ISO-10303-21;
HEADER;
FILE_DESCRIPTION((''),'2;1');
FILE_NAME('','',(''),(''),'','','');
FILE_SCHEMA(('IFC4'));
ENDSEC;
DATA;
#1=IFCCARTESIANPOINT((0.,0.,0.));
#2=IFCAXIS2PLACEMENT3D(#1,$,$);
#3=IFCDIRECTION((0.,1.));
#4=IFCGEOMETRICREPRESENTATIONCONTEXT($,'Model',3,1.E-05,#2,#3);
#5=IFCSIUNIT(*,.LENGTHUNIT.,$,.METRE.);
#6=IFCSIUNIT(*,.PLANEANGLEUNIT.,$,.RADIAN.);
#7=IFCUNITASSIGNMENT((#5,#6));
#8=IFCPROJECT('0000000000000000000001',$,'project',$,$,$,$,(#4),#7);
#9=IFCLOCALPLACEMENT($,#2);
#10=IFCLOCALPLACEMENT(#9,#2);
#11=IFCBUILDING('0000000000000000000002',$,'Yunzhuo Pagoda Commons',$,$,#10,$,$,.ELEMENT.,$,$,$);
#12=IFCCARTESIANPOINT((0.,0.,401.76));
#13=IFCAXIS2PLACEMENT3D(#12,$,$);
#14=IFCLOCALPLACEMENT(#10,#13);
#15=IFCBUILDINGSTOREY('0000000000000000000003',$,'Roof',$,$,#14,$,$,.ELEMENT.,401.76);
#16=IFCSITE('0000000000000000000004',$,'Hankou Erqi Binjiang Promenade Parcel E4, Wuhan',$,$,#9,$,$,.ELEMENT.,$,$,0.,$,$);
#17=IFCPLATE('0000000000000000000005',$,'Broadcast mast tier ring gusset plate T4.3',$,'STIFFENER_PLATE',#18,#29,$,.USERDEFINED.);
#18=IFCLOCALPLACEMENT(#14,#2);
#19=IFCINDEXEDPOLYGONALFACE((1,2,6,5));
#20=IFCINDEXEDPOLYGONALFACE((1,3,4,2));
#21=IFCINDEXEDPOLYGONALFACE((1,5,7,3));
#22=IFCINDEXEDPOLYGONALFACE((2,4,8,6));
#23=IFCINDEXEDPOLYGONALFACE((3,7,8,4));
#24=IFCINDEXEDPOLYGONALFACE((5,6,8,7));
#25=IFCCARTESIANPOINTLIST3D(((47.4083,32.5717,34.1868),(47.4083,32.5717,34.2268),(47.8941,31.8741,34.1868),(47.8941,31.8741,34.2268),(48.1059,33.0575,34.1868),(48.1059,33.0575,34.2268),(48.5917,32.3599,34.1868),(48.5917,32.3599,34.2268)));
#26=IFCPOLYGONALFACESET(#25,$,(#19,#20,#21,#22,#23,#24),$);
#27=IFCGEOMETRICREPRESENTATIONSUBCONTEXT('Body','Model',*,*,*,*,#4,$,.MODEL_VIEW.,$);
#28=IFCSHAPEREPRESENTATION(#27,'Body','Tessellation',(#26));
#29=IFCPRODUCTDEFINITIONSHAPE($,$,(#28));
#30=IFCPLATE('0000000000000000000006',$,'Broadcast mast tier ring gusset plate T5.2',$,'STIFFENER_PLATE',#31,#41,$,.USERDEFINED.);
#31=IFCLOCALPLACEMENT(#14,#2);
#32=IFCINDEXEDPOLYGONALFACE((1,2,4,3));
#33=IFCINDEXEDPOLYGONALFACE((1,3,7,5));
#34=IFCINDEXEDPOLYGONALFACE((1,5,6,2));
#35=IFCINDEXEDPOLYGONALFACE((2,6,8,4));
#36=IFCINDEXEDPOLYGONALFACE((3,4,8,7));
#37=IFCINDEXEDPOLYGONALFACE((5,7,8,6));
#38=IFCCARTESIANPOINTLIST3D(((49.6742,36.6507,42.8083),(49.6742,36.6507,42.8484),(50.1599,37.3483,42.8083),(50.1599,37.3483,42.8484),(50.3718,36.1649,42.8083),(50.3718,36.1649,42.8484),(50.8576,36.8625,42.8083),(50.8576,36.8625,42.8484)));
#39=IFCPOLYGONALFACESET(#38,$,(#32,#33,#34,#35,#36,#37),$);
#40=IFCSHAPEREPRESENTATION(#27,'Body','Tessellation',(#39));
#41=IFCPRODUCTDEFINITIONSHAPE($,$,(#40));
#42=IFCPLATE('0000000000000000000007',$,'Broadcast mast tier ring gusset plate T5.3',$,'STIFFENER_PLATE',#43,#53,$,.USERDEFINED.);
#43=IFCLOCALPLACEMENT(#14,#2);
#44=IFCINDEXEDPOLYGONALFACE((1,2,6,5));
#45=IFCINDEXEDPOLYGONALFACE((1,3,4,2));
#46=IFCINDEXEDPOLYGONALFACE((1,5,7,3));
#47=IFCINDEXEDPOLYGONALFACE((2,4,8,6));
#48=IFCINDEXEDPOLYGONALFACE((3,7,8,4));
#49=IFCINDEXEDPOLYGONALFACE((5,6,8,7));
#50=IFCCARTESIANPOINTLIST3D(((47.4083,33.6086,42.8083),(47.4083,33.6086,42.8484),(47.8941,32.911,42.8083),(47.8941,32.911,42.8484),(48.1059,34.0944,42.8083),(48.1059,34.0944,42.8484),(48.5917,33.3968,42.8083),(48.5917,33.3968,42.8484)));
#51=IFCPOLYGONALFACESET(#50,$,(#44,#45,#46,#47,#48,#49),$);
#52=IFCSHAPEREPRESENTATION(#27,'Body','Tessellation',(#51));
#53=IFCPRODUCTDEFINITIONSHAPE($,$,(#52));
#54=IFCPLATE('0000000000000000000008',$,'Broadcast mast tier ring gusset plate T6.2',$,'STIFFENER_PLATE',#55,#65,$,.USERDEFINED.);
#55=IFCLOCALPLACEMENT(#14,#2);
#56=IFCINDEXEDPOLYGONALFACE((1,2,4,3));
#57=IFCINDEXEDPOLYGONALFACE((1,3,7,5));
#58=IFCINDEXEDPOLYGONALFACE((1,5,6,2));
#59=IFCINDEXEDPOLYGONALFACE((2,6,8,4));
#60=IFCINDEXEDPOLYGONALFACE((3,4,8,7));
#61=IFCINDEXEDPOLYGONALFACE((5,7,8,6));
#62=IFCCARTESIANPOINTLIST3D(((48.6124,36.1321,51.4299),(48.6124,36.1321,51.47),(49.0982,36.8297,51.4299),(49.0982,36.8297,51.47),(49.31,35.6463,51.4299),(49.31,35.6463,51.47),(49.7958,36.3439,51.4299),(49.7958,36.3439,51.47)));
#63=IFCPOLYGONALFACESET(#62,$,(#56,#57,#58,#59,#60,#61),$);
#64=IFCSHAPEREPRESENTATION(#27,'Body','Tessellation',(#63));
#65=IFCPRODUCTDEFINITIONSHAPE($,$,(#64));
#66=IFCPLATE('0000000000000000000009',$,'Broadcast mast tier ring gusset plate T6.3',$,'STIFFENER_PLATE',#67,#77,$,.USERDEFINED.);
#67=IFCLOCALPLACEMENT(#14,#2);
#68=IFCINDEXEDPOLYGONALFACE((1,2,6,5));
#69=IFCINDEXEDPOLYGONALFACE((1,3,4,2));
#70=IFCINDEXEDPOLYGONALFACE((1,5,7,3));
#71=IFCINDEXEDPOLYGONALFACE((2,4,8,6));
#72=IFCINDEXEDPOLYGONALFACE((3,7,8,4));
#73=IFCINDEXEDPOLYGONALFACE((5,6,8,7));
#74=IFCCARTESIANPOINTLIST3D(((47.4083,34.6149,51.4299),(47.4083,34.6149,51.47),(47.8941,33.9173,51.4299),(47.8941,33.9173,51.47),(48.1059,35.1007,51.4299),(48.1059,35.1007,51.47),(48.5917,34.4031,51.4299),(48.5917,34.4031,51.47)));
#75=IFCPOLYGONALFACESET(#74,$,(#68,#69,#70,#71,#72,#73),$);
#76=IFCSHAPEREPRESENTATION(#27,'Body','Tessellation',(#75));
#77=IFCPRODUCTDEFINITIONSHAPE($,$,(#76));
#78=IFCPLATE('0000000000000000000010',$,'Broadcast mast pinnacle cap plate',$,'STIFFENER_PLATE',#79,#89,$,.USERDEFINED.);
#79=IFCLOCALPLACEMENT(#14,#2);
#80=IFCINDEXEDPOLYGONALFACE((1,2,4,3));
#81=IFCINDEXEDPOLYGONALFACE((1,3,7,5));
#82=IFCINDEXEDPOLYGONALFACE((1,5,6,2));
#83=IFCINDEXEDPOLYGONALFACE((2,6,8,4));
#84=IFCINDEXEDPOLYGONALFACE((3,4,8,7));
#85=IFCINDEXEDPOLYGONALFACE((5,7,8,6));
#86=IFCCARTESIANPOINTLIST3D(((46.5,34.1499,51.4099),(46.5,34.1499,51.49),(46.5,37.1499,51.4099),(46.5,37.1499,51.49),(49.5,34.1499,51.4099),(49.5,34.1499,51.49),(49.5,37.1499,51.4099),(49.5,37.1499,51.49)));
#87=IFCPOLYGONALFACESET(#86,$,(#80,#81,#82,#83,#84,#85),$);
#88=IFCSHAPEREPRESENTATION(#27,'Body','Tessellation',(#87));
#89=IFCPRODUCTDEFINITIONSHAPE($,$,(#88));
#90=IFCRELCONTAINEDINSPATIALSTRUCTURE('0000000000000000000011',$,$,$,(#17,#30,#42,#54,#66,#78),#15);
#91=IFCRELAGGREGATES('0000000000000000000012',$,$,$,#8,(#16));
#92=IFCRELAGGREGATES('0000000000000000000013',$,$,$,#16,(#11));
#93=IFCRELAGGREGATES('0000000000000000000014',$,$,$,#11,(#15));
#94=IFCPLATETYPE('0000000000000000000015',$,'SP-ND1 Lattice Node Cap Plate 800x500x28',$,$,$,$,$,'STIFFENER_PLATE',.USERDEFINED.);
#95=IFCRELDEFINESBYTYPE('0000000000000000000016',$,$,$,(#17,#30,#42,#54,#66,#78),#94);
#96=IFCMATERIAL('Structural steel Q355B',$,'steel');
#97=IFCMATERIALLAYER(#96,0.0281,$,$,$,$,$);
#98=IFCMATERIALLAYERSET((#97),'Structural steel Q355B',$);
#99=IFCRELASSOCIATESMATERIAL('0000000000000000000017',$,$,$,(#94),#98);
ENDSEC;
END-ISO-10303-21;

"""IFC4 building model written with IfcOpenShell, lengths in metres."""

from ifc_helpers import new_model, si_unit, direction, frame, origin, origin_2d, place, context, subcontext, project, spatial, rectangle, extrude, source, transform, mapped, material, layer, layer_set, type_object, element, save


model = new_model("IFC4")

# Units and contexts
model_context = context("Model", 3, precision=1e-05, world=origin(), true_north=direction((0.0, 1.0)))
body_context = subcontext(model_context, "Body", "Model", "MODEL_VIEW")
ifc_project = project(units=[si_unit("LENGTHUNIT", "METRE"), si_unit("PLANEANGLEUNIT", "RADIAN")], contexts=[model_context])

# Site, building, storey
site_placement = place(None, origin())
site = spatial("IfcSite", under=ifc_project, at=site_placement, Name="Hankou Erqi Binjiang Promenade Parcel E4, Wuhan", CompositionType="ELEMENT", RefElevation=0.0)
building_placement = place(site_placement, origin())
building = spatial("IfcBuilding", under=site, at=building_placement, Name="Yunzhuo Pagoda Commons", CompositionType="ELEMENT")
storey_placement = place(building_placement, frame((0.0, 0.0, 401.76)))
storey = spatial("IfcBuildingStorey", under=building, at=storey_placement, Name="Roof", CompositionType="ELEMENT", Elevation=401.76)

# Plates
ifc_material_1 = material(Name="Structural steel Q355B", Category="steel")
ifc_layer = layer(ifc_material_1, 0.0281)
ifc_layer_set = layer_set([ifc_layer], Name="Structural steel Q355B")
plate_type = type_object("IfcPlateType", Name="SP-ND1 Lattice Node Cap Plate 800x500x28", ElementType="STIFFENER_PLATE", PredefinedType="USERDEFINED", material=ifc_layer_set)
shared_shape_1 = source(origin(), body_context, "Body", "SweptSolid", [
    extrude(rectangle(XDim=0.8501, YDim=0.8501, at=origin_2d()), origin(), (0.0, 0.0, 1.0), 0.04),
])
for number, where, z_axis, x_axis, name in (
    (1, (48.0, 32.4658, 34.1868), (0.0, 0.0, 1.0), (-0.571459, 0.820631, 0.0), "Broadcast mast tier ring gusset plate T4.3"),
    (2, (50.2659, 36.7566, 42.8083), (0.0, 0.0, 1.0), (-0.571444, -0.820641, 0.0), "Broadcast mast tier ring gusset plate T5.2"),
    (3, (48.0, 33.5027, 42.8083), (0.0, 0.0, 1.0), (-0.571444, 0.820641, 0.0), "Broadcast mast tier ring gusset plate T5.3"),
    (4, (49.2041, 36.238, 51.4299), (0.0, 0.0, 1.0), (-0.571459, -0.820631, 0.0), "Broadcast mast tier ring gusset plate T6.2"),
    (5, (48.0, 34.509, 51.4299), (0.0, 0.0, 1.0), (-0.571459, 0.820631, 0.0), "Broadcast mast tier ring gusset plate T6.3"),
):
    element("IfcPlate", number, at=place(storey_placement, frame(where, z_axis=z_axis, x_axis=x_axis)), inside=storey, type_object=plate_type, Name=name, ObjectType="STIFFENER_PLATE", PredefinedType="USERDEFINED", context=body_context, shape_type="MappedRepresentation", body=[
        mapped(shared_shape_1, transform((0.0, 0.0, 0.0), scale=1.0)),
    ])
shared_shape_2 = source(origin(), body_context, "Body", "SweptSolid", [
    extrude(rectangle(XDim=3.0, YDim=3.0, at=origin_2d()), origin(), (0.0, 0.0, 1.0), 0.0801),
])
plate_placement = place(storey_placement, frame((48.0, 35.6499, 51.4099), z_axis=(0.0, 0.0, 1.0), x_axis=(1.0, 0.0, 0.0)))
element("IfcPlate", 6, at=plate_placement, inside=storey, type_object=plate_type, Name="Broadcast mast pinnacle cap plate", ObjectType="STIFFENER_PLATE", PredefinedType="USERDEFINED", context=body_context, shape_type="MappedRepresentation", body=[
    mapped(shared_shape_2, transform((0.0, 0.0, 0.0), scale=1.0)),
])

save(model, "model.ifc")
